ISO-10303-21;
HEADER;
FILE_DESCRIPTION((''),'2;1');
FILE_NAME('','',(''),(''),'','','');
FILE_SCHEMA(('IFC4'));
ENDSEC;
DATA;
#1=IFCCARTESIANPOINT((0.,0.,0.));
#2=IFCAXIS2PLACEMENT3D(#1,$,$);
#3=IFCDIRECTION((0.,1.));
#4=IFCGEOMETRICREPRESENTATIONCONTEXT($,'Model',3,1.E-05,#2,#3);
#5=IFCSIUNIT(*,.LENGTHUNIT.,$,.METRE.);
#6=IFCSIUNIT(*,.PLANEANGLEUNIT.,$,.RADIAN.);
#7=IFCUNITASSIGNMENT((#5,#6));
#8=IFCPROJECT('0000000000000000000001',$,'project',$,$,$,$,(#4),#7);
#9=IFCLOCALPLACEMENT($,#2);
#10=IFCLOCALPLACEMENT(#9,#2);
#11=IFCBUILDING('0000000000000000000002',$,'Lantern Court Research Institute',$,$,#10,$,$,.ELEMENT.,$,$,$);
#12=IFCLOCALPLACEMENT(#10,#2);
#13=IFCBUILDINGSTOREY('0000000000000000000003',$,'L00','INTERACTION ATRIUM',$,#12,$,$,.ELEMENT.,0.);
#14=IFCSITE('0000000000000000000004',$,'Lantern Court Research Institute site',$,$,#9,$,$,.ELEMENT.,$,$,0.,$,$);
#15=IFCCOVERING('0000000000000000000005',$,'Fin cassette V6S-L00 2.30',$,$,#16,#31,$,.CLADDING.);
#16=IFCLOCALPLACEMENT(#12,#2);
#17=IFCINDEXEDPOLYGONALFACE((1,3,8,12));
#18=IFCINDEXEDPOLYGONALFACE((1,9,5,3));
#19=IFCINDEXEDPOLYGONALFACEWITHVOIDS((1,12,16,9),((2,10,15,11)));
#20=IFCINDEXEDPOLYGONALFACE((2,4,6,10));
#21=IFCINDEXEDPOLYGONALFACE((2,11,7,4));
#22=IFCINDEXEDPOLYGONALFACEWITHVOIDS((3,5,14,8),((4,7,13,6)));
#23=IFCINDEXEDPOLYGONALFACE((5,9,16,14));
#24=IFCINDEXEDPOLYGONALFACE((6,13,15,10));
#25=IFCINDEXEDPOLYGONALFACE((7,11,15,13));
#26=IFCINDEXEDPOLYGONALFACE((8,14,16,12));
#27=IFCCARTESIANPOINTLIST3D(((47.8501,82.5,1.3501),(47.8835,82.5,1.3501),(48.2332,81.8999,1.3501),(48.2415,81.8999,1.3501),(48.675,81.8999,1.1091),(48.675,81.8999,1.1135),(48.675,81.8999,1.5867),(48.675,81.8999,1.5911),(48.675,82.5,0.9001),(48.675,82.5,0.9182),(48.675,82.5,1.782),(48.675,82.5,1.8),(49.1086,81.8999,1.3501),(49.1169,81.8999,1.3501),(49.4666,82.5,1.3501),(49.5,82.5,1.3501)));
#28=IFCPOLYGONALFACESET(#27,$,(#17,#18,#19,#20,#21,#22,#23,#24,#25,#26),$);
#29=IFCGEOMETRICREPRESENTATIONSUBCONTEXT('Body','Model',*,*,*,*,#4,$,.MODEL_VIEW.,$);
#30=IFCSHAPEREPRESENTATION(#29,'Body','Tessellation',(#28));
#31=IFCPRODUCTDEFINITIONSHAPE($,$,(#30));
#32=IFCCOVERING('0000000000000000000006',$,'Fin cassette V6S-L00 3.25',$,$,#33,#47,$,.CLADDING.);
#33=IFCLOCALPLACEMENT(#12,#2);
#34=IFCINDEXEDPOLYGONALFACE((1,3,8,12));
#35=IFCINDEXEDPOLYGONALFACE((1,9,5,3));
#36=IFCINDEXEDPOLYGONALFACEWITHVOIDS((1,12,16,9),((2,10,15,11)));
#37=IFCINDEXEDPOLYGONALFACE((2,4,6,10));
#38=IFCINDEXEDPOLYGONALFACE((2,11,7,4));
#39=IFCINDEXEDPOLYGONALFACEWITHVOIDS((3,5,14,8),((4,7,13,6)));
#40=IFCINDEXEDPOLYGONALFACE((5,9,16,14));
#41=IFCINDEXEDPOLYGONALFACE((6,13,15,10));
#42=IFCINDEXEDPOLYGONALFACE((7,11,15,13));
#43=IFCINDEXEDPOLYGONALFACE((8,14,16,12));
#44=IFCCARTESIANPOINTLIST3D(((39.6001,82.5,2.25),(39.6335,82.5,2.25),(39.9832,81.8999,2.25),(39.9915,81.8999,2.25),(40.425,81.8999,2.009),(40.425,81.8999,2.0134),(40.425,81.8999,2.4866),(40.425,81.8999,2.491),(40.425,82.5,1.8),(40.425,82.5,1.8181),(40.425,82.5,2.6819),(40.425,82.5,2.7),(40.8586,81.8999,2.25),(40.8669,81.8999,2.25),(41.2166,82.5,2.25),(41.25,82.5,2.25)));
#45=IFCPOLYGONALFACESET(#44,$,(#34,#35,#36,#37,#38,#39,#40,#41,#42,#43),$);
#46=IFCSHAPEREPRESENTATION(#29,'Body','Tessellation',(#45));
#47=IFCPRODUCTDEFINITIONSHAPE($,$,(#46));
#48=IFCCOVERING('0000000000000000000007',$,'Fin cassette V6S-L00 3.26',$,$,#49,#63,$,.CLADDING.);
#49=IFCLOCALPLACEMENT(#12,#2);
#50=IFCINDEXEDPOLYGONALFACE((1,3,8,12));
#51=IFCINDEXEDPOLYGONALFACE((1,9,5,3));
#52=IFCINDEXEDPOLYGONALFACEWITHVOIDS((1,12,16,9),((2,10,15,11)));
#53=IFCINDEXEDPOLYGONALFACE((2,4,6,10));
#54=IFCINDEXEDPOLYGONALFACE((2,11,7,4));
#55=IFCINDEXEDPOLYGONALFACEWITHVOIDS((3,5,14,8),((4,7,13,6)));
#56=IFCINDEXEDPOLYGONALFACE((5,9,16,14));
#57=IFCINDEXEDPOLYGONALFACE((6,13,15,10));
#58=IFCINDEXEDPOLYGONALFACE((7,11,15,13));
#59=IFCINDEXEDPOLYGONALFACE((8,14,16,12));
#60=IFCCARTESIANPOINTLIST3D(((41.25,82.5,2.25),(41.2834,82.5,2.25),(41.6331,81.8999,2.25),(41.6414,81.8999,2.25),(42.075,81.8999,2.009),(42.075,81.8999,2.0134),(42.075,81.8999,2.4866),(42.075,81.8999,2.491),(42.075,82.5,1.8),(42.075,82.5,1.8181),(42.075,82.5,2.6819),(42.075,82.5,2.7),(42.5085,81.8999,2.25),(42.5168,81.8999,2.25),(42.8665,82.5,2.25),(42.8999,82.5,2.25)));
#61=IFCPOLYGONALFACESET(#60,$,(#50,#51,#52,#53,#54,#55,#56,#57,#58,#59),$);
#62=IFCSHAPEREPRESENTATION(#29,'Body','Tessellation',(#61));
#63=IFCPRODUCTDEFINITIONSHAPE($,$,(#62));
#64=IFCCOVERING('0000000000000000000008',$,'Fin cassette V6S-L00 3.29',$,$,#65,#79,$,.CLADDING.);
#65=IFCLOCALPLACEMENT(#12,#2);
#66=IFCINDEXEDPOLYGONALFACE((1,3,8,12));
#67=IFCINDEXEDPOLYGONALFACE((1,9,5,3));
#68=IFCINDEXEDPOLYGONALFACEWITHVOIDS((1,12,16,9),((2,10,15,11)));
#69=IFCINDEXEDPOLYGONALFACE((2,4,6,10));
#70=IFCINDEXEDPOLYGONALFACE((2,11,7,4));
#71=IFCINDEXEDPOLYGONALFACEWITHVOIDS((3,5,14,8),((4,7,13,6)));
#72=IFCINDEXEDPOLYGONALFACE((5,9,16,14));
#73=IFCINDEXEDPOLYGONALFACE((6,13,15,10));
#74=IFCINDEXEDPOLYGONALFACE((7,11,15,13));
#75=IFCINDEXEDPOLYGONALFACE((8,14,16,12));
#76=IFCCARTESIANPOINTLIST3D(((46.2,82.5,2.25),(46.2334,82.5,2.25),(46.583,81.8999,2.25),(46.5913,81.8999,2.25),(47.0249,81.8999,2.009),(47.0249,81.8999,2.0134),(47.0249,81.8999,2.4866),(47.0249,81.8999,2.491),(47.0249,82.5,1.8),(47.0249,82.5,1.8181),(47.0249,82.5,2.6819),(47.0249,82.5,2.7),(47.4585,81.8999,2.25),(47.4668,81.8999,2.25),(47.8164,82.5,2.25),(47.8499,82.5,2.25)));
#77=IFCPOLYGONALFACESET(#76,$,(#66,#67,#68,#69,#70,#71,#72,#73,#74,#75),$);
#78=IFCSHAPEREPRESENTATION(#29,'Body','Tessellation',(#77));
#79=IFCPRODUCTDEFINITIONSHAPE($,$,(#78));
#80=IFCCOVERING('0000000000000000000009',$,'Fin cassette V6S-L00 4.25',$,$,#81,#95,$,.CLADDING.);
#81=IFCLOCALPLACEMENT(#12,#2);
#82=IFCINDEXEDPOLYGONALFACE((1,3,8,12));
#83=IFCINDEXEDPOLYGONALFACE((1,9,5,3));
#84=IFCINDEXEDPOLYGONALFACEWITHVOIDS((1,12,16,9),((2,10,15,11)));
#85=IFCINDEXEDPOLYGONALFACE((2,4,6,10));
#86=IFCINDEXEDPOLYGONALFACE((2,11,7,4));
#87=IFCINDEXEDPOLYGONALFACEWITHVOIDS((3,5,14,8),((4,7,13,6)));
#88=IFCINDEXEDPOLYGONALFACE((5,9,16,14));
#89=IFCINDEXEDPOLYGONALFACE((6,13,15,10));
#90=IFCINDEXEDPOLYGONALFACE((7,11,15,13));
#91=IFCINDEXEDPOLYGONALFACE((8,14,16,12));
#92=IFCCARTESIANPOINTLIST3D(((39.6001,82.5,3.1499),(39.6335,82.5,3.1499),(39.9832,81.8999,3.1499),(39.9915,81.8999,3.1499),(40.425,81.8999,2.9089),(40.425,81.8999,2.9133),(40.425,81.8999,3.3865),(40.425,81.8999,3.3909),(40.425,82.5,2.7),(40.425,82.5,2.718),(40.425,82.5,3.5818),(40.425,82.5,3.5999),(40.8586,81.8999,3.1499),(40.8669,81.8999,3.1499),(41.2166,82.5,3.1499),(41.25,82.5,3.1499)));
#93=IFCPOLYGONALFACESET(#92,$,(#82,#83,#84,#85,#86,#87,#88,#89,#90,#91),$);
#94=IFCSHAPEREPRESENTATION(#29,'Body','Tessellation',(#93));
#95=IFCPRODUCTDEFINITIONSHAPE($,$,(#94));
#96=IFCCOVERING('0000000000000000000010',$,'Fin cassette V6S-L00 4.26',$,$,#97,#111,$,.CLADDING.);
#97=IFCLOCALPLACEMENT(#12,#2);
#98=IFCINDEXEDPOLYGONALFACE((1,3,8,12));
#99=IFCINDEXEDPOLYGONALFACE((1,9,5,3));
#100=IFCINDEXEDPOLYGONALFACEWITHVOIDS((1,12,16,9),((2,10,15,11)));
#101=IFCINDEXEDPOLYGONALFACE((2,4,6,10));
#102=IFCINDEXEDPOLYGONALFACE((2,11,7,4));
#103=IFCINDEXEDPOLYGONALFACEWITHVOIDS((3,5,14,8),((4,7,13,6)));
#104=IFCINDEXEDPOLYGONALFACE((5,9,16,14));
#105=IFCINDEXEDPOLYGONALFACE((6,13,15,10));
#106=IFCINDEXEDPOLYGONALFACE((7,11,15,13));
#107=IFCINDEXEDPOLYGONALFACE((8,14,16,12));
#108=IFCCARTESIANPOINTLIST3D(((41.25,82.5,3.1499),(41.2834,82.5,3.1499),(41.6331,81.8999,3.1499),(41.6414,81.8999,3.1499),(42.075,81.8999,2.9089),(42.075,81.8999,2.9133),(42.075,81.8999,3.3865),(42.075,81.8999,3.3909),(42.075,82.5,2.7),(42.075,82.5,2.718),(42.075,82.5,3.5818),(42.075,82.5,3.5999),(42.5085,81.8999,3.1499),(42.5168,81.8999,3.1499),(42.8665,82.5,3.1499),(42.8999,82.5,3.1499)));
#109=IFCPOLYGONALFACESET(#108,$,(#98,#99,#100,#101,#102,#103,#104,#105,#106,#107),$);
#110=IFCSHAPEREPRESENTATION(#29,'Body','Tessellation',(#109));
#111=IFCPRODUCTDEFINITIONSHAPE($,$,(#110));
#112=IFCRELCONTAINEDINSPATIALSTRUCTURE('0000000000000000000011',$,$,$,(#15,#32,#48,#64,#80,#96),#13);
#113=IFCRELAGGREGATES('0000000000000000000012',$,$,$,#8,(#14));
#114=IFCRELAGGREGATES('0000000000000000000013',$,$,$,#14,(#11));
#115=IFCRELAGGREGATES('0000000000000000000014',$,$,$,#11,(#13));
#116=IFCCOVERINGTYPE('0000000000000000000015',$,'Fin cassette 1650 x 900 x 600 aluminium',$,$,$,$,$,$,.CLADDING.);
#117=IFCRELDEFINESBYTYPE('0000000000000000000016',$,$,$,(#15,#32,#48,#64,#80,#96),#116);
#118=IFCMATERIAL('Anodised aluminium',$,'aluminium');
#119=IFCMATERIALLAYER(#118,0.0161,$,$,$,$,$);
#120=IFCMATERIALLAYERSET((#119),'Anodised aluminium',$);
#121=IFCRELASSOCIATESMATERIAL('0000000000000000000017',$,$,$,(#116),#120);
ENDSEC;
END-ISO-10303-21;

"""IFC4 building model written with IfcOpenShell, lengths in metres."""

from ifc_helpers import new_model, entity, si_unit, direction, frame, origin, place, context, subcontext, project, spatial, material, layer, layer_set, type_object, element, save


model = new_model("IFC4")

# Units and contexts
model_context = context("Model", 3, precision=1e-05, world=origin(), true_north=direction((0.0, 1.0)))
body_context = subcontext(model_context, "Body", "Model", "MODEL_VIEW")
ifc_project = project(units=[si_unit("LENGTHUNIT", "METRE"), si_unit("PLANEANGLEUNIT", "RADIAN")], contexts=[model_context])

# Site, building, storey
site_placement = place(None, origin())
site = spatial("IfcSite", under=ifc_project, at=site_placement, Name="Lantern Court Research Institute site", CompositionType="ELEMENT", RefElevation=0.0)
building_placement = place(site_placement, origin())
building = spatial("IfcBuilding", under=site, at=building_placement, Name="Lantern Court Research Institute", CompositionType="ELEMENT")
storey_placement = place(building_placement, origin())
storey = spatial("IfcBuildingStorey", under=building, at=storey_placement, Name="L00", Description="INTERACTION ATRIUM", CompositionType="ELEMENT", Elevation=0.0)

# Coverings
ifc_material_1 = material(Name="Anodised aluminium", Category="aluminium")
ifc_layer_1 = layer(ifc_material_1, 0.0161)
ifc_layer_set_1 = layer_set([ifc_layer_1], Name="Anodised aluminium")
covering_type_1 = type_object("IfcCoveringType", Name="Fin cassette 1650 x 900 x 600 aluminium", PredefinedType="CLADDING", material=ifc_layer_set_1)
covering_1_placement = place(storey_placement, frame((48.675, 82.5, 1.3501), z_axis=(0.0, -1.0, 0.0), x_axis=(1.0, 0.0, 0.0)))
cartesian_point_1 = entity("IfcCartesianPoint", [0.825, 0.0])
cartesian_point_2 = entity("IfcCartesianPoint", [0.7915, 0.0])
cartesian_point_3 = entity("IfcCartesianPoint", [0.4419, 0.0])
cartesian_point_4 = entity("IfcCartesianPoint", [0.4336, 0.0])
element("IfcCovering", 1, at=covering_1_placement, inside=storey, type_object=covering_type_1, Name="Fin cassette V6S-L00 2.30", PredefinedType="CLADDING", context=body_context, shape_type="SweptSolid", body=[
    entity("IfcExtrudedAreaSolidTapered", entity("IfcArbitraryProfileDefWithVoids", "AREA", None, entity("IfcPolyline", [cartesian_point_1, entity("IfcCartesianPoint", [0.0, 0.45]), entity("IfcCartesianPoint", [-0.825, 0.0]), entity("IfcCartesianPoint", [0.0, -0.45]), cartesian_point_1]), [entity("IfcPolyline", [cartesian_point_2, entity("IfcCartesianPoint", [0.0, 0.4319]), entity("IfcCartesianPoint", [-0.7915, 0.0]), entity("IfcCartesianPoint", [0.0, -0.4319]), cartesian_point_2])]), entity("IfcAxis2Placement3D", entity("IfcCartesianPoint", [0.0, 0.0, 0.0])), entity("IfcDirection", [0.0, 0.0, 1.0]), 0.6001, entity("IfcArbitraryProfileDefWithVoids", "AREA", None, entity("IfcPolyline", [cartesian_point_3, entity("IfcCartesianPoint", [0.0, 0.241]), entity("IfcCartesianPoint", [-0.4419, 0.0]), entity("IfcCartesianPoint", [0.0, -0.241]), cartesian_point_3]), [entity("IfcPolyline", [cartesian_point_4, entity("IfcCartesianPoint", [0.0, 0.2366]), entity("IfcCartesianPoint", [-0.4336, 0.0]), entity("IfcCartesianPoint", [0.0, -0.2366]), cartesian_point_4])])),
])
covering_2_placement = place(storey_placement, frame((40.425, 82.5, 2.25), z_axis=(0.0, -1.0, 0.0), x_axis=(1.0, 0.0, 0.0)))
cartesian_point_5 = entity("IfcCartesianPoint", [0.825, 0.0])
cartesian_point_6 = entity("IfcCartesianPoint", [0.7915, 0.0])
cartesian_point_7 = entity("IfcCartesianPoint", [0.4419, 0.0])
cartesian_point_8 = entity("IfcCartesianPoint", [0.4336, 0.0])
element("IfcCovering", 2, at=covering_2_placement, inside=storey, type_object=covering_type_1, Name="Fin cassette V6S-L00 3.25", PredefinedType="CLADDING", context=body_context, shape_type="SweptSolid", body=[
    entity("IfcExtrudedAreaSolidTapered", entity("IfcArbitraryProfileDefWithVoids", "AREA", None, entity("IfcPolyline", [cartesian_point_5, entity("IfcCartesianPoint", [0.0, 0.45]), entity("IfcCartesianPoint", [-0.825, 0.0]), entity("IfcCartesianPoint", [0.0, -0.45]), cartesian_point_5]), [entity("IfcPolyline", [cartesian_point_6, entity("IfcCartesianPoint", [0.0, 0.4319]), entity("IfcCartesianPoint", [-0.7915, 0.0]), entity("IfcCartesianPoint", [0.0, -0.4319]), cartesian_point_6])]), entity("IfcAxis2Placement3D", entity("IfcCartesianPoint", [0.0, 0.0, 0.0])), entity("IfcDirection", [0.0, 0.0, 1.0]), 0.6001, entity("IfcArbitraryProfileDefWithVoids", "AREA", None, entity("IfcPolyline", [cartesian_point_7, entity("IfcCartesianPoint", [0.0, 0.241]), entity("IfcCartesianPoint", [-0.4419, 0.0]), entity("IfcCartesianPoint", [0.0, -0.241]), cartesian_point_7]), [entity("IfcPolyline", [cartesian_point_8, entity("IfcCartesianPoint", [0.0, 0.2366]), entity("IfcCartesianPoint", [-0.4336, 0.0]), entity("IfcCartesianPoint", [0.0, -0.2366]), cartesian_point_8])])),
])
covering_3_placement = place(storey_placement, frame((42.075, 82.5, 2.25), z_axis=(0.0, -1.0, 0.0), x_axis=(1.0, 0.0, 0.0)))
cartesian_point_9 = entity("IfcCartesianPoint", [0.825, 0.0])
cartesian_point_10 = entity("IfcCartesianPoint", [0.7915, 0.0])
cartesian_point_11 = entity("IfcCartesianPoint", [0.4419, 0.0])
cartesian_point_12 = entity("IfcCartesianPoint", [0.4336, 0.0])
element("IfcCovering", 3, at=covering_3_placement, inside=storey, type_object=covering_type_1, Name="Fin cassette V6S-L00 3.26", PredefinedType="CLADDING", context=body_context, shape_type="SweptSolid", body=[
    entity("IfcExtrudedAreaSolidTapered", entity("IfcArbitraryProfileDefWithVoids", "AREA", None, entity("IfcPolyline", [cartesian_point_9, entity("IfcCartesianPoint", [0.0, 0.45]), entity("IfcCartesianPoint", [-0.825, 0.0]), entity("IfcCartesianPoint", [0.0, -0.45]), cartesian_point_9]), [entity("IfcPolyline", [cartesian_point_10, entity("IfcCartesianPoint", [0.0, 0.4319]), entity("IfcCartesianPoint", [-0.7915, 0.0]), entity("IfcCartesianPoint", [0.0, -0.4319]), cartesian_point_10])]), entity("IfcAxis2Placement3D", entity("IfcCartesianPoint", [0.0, 0.0, 0.0])), entity("IfcDirection", [0.0, 0.0, 1.0]), 0.6001, entity("IfcArbitraryProfileDefWithVoids", "AREA", None, entity("IfcPolyline", [cartesian_point_11, entity("IfcCartesianPoint", [0.0, 0.241]), entity("IfcCartesianPoint", [-0.4419, 0.0]), entity("IfcCartesianPoint", [0.0, -0.241]), cartesian_point_11]), [entity("IfcPolyline", [cartesian_point_12, entity("IfcCartesianPoint", [0.0, 0.2366]), entity("IfcCartesianPoint", [-0.4336, 0.0]), entity("IfcCartesianPoint", [0.0, -0.2366]), cartesian_point_12])])),
])
covering_4_placement = place(storey_placement, frame((47.0249, 82.5, 2.25), z_axis=(0.0, -1.0, 0.0), x_axis=(1.0, 0.0, 0.0)))
cartesian_point_13 = entity("IfcCartesianPoint", [0.825, 0.0])
cartesian_point_14 = entity("IfcCartesianPoint", [0.7915, 0.0])
cartesian_point_15 = entity("IfcCartesianPoint", [0.4419, 0.0])
cartesian_point_16 = entity("IfcCartesianPoint", [0.4336, 0.0])
element("IfcCovering", 4, at=covering_4_placement, inside=storey, type_object=covering_type_1, Name="Fin cassette V6S-L00 3.29", PredefinedType="CLADDING", context=body_context, shape_type="SweptSolid", body=[
    entity("IfcExtrudedAreaSolidTapered", entity("IfcArbitraryProfileDefWithVoids", "AREA", None, entity("IfcPolyline", [cartesian_point_13, entity("IfcCartesianPoint", [0.0, 0.45]), entity("IfcCartesianPoint", [-0.825, 0.0]), entity("IfcCartesianPoint", [0.0, -0.45]), cartesian_point_13]), [entity("IfcPolyline", [cartesian_point_14, entity("IfcCartesianPoint", [0.0, 0.4319]), entity("IfcCartesianPoint", [-0.7915, 0.0]), entity("IfcCartesianPoint", [0.0, -0.4319]), cartesian_point_14])]), entity("IfcAxis2Placement3D", entity("IfcCartesianPoint", [0.0, 0.0, 0.0])), entity("IfcDirection", [0.0, 0.0, 1.0]), 0.6001, entity("IfcArbitraryProfileDefWithVoids", "AREA", None, entity("IfcPolyline", [cartesian_point_15, entity("IfcCartesianPoint", [0.0, 0.241]), entity("IfcCartesianPoint", [-0.4419, 0.0]), entity("IfcCartesianPoint", [0.0, -0.241]), cartesian_point_15]), [entity("IfcPolyline", [cartesian_point_16, entity("IfcCartesianPoint", [0.0, 0.2366]), entity("IfcCartesianPoint", [-0.4336, 0.0]), entity("IfcCartesianPoint", [0.0, -0.2366]), cartesian_point_16])])),
])
covering_5_placement = place(storey_placement, frame((40.425, 82.5, 3.1499), z_axis=(0.0, -1.0, 0.0), x_axis=(1.0, 0.0, 0.0)))
cartesian_point_17 = entity("IfcCartesianPoint", [0.825, 0.0])
cartesian_point_18 = entity("IfcCartesianPoint", [0.7915, 0.0])
cartesian_point_19 = entity("IfcCartesianPoint", [0.4419, 0.0])
cartesian_point_20 = entity("IfcCartesianPoint", [0.4336, 0.0])
element("IfcCovering", 5, at=covering_5_placement, inside=storey, type_object=covering_type_1, Name="Fin cassette V6S-L00 4.25", PredefinedType="CLADDING", context=body_context, shape_type="SweptSolid", body=[
    entity("IfcExtrudedAreaSolidTapered", entity("IfcArbitraryProfileDefWithVoids", "AREA", None, entity("IfcPolyline", [cartesian_point_17, entity("IfcCartesianPoint", [0.0, 0.45]), entity("IfcCartesianPoint", [-0.825, 0.0]), entity("IfcCartesianPoint", [0.0, -0.45]), cartesian_point_17]), [entity("IfcPolyline", [cartesian_point_18, entity("IfcCartesianPoint", [0.0, 0.4319]), entity("IfcCartesianPoint", [-0.7915, 0.0]), entity("IfcCartesianPoint", [0.0, -0.4319]), cartesian_point_18])]), entity("IfcAxis2Placement3D", entity("IfcCartesianPoint", [0.0, 0.0, 0.0])), entity("IfcDirection", [0.0, 0.0, 1.0]), 0.6001, entity("IfcArbitraryProfileDefWithVoids", "AREA", None, entity("IfcPolyline", [cartesian_point_19, entity("IfcCartesianPoint", [0.0, 0.241]), entity("IfcCartesianPoint", [-0.4419, 0.0]), entity("IfcCartesianPoint", [0.0, -0.241]), cartesian_point_19]), [entity("IfcPolyline", [cartesian_point_20, entity("IfcCartesianPoint", [0.0, 0.2366]), entity("IfcCartesianPoint", [-0.4336, 0.0]), entity("IfcCartesianPoint", [0.0, -0.2366]), cartesian_point_20])])),
])
covering_6_placement = place(storey_placement, frame((42.075, 82.5, 3.1499), z_axis=(0.0, -1.0, 0.0), x_axis=(1.0, 0.0, 0.0)))
cartesian_point_21 = entity("IfcCartesianPoint", [0.825, 0.0])
cartesian_point_22 = entity("IfcCartesianPoint", [0.7915, 0.0])
cartesian_point_23 = entity("IfcCartesianPoint", [0.4419, 0.0])
cartesian_point_24 = entity("IfcCartesianPoint", [0.4336, 0.0])
element("IfcCovering", 6, at=covering_6_placement, inside=storey, type_object=covering_type_1, Name="Fin cassette V6S-L00 4.26", PredefinedType="CLADDING", context=body_context, shape_type="SweptSolid", body=[
    entity("IfcExtrudedAreaSolidTapered", entity("IfcArbitraryProfileDefWithVoids", "AREA", None, entity("IfcPolyline", [cartesian_point_21, entity("IfcCartesianPoint", [0.0, 0.45]), entity("IfcCartesianPoint", [-0.825, 0.0]), entity("IfcCartesianPoint", [0.0, -0.45]), cartesian_point_21]), [entity("IfcPolyline", [cartesian_point_22, entity("IfcCartesianPoint", [0.0, 0.4319]), entity("IfcCartesianPoint", [-0.7915, 0.0]), entity("IfcCartesianPoint", [0.0, -0.4319]), cartesian_point_22])]), entity("IfcAxis2Placement3D", entity("IfcCartesianPoint", [0.0, 0.0, 0.0])), entity("IfcDirection", [0.0, 0.0, 1.0]), 0.6001, entity("IfcArbitraryProfileDefWithVoids", "AREA", None, entity("IfcPolyline", [cartesian_point_23, entity("IfcCartesianPoint", [0.0, 0.241]), entity("IfcCartesianPoint", [-0.4419, 0.0]), entity("IfcCartesianPoint", [0.0, -0.241]), cartesian_point_23]), [entity("IfcPolyline", [cartesian_point_24, entity("IfcCartesianPoint", [0.0, 0.2366]), entity("IfcCartesianPoint", [-0.4336, 0.0]), entity("IfcCartesianPoint", [0.0, -0.2366]), cartesian_point_24])])),
])

save(model, "model.ifc")
